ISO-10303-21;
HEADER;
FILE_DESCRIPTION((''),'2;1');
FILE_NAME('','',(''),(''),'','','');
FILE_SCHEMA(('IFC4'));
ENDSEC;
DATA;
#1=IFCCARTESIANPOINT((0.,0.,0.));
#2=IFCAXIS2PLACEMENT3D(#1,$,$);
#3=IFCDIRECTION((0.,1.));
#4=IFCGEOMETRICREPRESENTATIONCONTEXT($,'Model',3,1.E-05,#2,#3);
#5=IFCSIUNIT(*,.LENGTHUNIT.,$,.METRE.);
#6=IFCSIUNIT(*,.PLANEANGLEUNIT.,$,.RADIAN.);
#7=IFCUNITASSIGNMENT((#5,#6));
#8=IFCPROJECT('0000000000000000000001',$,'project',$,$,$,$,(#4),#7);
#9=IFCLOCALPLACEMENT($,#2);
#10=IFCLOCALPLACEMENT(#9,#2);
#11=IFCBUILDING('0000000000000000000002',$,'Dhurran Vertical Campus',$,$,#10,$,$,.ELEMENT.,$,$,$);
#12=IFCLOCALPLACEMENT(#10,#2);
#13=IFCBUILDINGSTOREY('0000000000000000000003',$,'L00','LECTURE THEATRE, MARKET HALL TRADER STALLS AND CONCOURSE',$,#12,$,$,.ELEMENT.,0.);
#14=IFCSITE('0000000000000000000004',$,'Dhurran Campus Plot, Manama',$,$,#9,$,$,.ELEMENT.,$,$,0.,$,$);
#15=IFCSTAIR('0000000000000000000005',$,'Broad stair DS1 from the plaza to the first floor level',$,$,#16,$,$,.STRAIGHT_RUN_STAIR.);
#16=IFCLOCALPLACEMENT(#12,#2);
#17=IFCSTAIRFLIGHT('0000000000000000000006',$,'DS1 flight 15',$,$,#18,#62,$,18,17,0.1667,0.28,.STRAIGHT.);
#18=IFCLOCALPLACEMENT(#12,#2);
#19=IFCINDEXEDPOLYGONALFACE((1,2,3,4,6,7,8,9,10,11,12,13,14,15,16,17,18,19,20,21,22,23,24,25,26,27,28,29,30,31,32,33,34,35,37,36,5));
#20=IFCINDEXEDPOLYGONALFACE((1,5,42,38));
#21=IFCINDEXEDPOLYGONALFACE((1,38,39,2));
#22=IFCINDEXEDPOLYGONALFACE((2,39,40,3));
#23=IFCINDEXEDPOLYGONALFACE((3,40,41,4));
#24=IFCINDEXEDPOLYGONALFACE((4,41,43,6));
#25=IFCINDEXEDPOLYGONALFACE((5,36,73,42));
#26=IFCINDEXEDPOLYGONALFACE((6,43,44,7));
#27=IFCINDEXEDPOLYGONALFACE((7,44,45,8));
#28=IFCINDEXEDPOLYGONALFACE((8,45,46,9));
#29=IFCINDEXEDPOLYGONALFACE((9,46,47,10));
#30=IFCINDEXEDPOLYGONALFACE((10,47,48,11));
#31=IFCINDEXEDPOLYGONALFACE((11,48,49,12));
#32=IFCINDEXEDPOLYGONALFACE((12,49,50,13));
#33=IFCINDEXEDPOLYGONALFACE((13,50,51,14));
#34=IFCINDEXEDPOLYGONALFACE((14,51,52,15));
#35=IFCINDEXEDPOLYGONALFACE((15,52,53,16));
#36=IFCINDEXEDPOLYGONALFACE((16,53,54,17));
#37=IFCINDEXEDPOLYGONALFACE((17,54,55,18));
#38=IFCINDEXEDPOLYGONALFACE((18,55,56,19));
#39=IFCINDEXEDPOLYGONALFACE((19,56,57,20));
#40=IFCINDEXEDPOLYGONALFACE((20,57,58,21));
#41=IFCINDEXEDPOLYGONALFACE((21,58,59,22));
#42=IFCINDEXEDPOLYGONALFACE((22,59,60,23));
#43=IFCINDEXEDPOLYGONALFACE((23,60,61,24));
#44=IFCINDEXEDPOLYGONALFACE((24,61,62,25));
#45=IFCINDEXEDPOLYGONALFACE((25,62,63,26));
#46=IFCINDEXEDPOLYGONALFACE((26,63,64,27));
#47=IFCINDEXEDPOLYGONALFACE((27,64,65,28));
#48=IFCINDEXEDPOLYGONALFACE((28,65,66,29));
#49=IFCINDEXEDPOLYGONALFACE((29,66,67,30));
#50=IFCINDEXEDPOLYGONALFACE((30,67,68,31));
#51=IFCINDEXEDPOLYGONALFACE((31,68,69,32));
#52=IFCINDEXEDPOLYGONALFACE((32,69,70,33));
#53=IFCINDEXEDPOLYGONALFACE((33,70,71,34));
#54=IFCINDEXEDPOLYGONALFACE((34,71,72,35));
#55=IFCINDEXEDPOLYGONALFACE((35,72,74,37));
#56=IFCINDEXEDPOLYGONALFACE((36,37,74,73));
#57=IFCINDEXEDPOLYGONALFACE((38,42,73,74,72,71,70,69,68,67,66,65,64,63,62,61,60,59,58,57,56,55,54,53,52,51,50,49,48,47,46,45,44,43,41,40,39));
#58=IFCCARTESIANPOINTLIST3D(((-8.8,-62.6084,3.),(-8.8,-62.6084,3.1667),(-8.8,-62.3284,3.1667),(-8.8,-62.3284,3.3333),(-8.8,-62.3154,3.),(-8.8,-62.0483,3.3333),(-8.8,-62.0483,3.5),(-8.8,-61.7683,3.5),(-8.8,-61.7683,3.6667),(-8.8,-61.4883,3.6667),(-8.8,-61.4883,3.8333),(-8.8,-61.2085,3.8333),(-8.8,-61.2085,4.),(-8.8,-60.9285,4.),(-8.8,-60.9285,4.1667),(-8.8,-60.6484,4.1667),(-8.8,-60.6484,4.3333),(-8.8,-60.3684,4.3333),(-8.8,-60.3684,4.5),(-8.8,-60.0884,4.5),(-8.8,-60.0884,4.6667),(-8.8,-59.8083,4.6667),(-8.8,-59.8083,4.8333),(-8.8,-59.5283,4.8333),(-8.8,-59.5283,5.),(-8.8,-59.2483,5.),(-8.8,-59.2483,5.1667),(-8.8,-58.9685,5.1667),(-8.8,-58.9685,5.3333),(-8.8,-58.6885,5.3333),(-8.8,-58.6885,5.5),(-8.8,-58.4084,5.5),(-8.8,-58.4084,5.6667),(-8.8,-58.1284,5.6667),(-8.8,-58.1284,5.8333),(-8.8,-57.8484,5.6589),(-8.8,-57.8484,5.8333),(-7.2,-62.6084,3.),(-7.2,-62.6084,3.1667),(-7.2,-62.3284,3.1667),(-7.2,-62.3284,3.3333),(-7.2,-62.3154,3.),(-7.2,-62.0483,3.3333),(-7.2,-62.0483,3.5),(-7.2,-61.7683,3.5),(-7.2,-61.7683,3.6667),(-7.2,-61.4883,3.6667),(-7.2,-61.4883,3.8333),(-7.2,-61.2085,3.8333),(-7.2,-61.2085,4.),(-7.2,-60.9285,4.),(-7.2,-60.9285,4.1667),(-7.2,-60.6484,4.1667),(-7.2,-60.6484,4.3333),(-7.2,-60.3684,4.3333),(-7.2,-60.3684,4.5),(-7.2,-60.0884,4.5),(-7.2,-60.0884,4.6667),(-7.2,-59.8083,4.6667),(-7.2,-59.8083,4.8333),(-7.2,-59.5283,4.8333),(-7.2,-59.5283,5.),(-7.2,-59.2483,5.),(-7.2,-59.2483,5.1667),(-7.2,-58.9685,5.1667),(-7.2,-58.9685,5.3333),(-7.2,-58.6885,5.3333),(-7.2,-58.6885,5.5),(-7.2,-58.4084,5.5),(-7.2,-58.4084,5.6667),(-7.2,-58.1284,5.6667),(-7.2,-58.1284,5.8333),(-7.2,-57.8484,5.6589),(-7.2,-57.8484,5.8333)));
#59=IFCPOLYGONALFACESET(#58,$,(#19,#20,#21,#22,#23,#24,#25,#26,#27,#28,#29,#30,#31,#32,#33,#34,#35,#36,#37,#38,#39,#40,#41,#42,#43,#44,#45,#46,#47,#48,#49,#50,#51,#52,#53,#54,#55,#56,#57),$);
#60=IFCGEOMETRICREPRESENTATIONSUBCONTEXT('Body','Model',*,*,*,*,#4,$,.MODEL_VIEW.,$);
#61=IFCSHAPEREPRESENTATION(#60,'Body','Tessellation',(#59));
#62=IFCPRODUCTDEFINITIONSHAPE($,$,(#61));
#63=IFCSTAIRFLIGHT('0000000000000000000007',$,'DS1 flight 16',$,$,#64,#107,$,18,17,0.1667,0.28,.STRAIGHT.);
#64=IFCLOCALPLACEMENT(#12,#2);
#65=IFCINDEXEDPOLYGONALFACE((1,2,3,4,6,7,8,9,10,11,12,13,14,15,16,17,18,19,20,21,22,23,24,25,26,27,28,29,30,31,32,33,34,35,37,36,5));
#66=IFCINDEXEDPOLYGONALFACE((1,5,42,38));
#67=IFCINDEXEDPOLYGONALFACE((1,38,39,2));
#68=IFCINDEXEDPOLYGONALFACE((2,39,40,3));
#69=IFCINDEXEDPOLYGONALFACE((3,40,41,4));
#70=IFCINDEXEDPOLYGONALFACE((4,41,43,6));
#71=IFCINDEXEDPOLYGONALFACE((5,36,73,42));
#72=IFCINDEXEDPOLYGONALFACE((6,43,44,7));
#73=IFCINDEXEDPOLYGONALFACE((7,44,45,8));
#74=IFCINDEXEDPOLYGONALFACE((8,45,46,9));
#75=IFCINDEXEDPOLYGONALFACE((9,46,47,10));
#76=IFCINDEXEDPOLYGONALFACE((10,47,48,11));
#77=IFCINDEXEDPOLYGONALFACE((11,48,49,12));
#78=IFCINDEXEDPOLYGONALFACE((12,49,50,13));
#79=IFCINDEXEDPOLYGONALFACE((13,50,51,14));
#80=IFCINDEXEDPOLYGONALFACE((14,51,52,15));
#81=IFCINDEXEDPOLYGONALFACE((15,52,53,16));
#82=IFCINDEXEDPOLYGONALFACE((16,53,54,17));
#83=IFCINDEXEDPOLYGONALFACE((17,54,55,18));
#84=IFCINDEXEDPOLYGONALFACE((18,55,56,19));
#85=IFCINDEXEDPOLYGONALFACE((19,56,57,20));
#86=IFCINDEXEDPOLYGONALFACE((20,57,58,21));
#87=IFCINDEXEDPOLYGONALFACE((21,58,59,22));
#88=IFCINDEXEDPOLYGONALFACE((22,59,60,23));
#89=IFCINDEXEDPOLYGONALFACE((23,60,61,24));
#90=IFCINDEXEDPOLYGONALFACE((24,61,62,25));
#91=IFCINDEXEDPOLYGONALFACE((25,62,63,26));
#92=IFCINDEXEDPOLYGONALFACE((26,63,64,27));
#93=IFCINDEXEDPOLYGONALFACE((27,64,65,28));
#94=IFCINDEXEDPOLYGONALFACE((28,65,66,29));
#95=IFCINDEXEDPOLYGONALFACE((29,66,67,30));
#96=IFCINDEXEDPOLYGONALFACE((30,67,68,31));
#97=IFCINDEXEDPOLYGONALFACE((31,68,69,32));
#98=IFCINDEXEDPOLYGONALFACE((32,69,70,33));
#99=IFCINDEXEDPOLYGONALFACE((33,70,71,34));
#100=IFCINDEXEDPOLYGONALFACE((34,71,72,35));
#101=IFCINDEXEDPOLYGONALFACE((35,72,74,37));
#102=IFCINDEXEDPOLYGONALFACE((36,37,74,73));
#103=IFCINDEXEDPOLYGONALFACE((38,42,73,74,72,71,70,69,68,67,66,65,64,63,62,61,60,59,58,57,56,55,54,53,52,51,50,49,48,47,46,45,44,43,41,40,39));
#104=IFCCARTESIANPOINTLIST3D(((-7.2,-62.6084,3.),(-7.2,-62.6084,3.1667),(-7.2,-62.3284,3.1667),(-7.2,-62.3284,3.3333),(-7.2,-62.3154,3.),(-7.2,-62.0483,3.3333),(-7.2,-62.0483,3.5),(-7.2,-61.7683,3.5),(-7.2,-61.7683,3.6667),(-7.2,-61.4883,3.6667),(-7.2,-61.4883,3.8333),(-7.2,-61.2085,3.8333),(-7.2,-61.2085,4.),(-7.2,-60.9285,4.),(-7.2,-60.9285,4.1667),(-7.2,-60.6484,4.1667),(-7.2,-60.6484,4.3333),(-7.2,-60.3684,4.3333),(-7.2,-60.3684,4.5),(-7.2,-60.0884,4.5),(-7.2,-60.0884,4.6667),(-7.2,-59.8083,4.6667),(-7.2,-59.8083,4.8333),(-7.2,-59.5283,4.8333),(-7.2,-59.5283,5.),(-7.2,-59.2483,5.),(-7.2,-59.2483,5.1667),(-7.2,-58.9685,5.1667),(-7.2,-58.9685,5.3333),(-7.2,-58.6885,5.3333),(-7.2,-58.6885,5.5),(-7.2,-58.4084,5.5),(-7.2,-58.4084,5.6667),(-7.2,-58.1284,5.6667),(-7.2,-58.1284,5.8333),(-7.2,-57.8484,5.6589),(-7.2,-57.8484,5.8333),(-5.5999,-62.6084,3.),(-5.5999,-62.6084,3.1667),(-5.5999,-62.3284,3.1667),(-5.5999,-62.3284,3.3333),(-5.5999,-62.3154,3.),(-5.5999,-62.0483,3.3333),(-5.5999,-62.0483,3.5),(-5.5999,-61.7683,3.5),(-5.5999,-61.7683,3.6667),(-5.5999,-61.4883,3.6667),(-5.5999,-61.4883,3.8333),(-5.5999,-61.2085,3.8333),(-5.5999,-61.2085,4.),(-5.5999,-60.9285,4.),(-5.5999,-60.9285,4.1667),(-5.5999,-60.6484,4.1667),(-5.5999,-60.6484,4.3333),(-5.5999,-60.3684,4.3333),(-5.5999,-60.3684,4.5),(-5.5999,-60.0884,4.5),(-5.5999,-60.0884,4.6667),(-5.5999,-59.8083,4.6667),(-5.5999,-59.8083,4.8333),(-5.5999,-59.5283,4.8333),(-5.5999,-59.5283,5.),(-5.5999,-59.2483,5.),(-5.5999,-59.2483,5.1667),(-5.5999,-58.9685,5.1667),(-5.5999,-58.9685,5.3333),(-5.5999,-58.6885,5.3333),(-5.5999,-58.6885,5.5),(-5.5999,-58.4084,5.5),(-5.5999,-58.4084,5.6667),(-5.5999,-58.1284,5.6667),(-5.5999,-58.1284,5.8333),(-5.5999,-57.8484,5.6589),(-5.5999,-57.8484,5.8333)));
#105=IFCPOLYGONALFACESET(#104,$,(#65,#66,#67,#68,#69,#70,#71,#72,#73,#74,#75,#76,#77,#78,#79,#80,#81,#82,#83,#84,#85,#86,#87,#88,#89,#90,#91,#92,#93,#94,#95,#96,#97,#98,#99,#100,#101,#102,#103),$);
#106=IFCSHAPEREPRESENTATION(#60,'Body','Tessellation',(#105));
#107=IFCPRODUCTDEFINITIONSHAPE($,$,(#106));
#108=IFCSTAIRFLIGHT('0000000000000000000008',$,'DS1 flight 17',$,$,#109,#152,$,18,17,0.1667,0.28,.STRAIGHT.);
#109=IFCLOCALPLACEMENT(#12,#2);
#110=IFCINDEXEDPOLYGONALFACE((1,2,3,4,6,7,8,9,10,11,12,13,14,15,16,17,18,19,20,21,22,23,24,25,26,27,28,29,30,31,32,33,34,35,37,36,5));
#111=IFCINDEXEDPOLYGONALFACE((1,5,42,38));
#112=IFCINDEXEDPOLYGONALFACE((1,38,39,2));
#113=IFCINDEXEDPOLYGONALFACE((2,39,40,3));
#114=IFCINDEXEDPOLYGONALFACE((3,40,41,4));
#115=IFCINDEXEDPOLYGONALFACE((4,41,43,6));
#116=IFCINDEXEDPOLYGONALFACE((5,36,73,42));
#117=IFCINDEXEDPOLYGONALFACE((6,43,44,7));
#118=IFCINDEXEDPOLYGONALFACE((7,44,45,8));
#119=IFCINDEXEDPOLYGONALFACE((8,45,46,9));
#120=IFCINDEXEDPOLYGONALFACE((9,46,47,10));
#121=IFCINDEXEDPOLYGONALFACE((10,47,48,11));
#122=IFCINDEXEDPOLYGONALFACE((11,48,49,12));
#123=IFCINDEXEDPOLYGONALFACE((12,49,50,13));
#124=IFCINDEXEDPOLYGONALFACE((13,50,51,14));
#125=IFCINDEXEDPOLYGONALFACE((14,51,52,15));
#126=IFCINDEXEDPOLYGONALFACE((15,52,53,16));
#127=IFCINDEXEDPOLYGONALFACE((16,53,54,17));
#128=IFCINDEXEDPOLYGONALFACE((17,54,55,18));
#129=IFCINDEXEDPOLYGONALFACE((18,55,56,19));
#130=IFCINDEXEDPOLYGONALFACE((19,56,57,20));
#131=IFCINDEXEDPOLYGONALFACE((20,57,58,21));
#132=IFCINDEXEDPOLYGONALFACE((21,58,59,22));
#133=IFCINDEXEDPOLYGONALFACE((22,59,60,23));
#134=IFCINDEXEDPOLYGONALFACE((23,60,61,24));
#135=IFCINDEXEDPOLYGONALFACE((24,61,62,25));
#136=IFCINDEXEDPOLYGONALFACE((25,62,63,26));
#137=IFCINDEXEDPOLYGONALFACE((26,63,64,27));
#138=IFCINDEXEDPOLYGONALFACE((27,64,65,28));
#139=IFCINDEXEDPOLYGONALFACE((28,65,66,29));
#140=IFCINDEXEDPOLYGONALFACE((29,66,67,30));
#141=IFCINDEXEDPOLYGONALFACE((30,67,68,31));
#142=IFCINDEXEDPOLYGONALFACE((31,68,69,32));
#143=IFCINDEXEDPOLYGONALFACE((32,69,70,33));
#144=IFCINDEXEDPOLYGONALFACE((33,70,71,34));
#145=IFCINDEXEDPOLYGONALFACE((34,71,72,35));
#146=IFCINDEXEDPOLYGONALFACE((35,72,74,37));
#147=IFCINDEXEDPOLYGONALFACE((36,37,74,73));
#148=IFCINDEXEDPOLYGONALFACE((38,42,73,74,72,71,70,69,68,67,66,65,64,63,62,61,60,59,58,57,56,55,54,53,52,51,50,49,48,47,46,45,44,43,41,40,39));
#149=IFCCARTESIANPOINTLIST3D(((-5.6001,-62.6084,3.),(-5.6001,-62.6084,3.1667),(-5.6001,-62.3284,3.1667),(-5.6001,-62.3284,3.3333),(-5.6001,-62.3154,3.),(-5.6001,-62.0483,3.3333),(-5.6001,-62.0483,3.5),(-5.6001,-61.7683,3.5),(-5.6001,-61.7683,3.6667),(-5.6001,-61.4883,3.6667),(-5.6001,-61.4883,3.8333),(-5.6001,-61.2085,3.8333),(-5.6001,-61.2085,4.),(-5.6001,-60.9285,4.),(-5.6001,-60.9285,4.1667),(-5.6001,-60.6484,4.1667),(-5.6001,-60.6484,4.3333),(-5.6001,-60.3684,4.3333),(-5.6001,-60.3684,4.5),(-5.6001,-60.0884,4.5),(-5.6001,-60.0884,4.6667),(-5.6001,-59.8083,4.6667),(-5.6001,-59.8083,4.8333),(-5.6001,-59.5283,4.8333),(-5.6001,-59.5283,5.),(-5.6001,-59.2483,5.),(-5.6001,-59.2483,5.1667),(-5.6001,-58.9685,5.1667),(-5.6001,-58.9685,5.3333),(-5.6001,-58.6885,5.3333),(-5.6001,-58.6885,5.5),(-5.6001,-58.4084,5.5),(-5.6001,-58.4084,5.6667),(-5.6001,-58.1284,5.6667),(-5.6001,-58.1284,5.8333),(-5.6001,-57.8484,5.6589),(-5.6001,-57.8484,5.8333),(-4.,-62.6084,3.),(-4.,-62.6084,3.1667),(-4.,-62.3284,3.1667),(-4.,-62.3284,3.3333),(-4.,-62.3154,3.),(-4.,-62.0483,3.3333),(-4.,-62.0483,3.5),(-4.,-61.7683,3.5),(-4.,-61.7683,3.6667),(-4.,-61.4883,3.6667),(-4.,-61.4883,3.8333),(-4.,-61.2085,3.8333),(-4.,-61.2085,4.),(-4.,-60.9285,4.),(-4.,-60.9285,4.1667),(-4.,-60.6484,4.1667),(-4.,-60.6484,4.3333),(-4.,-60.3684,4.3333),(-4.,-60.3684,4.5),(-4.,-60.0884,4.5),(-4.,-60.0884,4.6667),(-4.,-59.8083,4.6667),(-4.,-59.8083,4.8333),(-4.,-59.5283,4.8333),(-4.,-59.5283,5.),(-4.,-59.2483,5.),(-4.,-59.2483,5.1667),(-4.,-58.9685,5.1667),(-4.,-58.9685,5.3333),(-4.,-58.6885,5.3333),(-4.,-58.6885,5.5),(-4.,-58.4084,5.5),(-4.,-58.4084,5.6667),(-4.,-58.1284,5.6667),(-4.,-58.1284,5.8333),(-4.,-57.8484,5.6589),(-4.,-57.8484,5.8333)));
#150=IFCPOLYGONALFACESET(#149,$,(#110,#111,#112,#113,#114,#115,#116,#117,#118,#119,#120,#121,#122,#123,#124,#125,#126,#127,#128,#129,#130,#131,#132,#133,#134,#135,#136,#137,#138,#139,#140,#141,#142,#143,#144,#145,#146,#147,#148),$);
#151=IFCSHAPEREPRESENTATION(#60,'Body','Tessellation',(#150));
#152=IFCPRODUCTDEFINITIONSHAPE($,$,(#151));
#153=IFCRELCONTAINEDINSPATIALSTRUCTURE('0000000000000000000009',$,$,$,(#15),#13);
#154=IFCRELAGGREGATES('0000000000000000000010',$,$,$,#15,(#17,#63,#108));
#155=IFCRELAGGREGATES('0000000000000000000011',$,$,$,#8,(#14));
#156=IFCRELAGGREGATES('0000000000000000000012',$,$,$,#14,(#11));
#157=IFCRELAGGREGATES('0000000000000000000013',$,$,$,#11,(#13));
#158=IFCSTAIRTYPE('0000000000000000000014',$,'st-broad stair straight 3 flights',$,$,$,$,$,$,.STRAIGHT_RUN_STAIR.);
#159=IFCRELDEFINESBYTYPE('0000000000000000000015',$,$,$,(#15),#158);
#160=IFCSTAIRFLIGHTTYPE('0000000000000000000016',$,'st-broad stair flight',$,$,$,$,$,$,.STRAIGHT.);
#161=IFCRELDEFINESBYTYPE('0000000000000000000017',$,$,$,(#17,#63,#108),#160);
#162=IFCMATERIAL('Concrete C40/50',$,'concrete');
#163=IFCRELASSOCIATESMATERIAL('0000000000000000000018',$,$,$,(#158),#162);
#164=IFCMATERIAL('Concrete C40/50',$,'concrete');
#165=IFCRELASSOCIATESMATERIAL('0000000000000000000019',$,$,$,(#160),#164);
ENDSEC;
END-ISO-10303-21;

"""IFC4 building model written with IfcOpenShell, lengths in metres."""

from ifc_helpers import new_model, si_unit, direction, frame, origin, place, context, subcontext, project, spatial, polyline, outline, extrude, material, type_object, element, aggregate, save


model = new_model("IFC4")

# Units and contexts
model_context = context("Model", 3, precision=1e-05, world=origin(), true_north=direction((0.0, 1.0)))
body_context = subcontext(model_context, "Body", "Model", "MODEL_VIEW")
ifc_project = project(units=[si_unit("LENGTHUNIT", "METRE"), si_unit("PLANEANGLEUNIT", "RADIAN")], contexts=[model_context])

# Site, building, storey
site_placement = place(None, origin())
site = spatial("IfcSite", under=ifc_project, at=site_placement, Name="Dhurran Campus Plot, Manama", CompositionType="ELEMENT", RefElevation=0.0)
building_placement = place(site_placement, origin())
building = spatial("IfcBuilding", under=site, at=building_placement, Name="Dhurran Vertical Campus", CompositionType="ELEMENT")
storey_placement = place(building_placement, origin())
storey = spatial("IfcBuildingStorey", under=building, at=storey_placement, Name="L00", Description="LECTURE THEATRE, MARKET HALL TRADER STALLS AND CONCOURSE", CompositionType="ELEMENT", Elevation=0.0)

# Stair, stair flights
ifc_material_1 = material(Name="Concrete C40/50", Category="concrete")
stair_type = type_object("IfcStairType", Name="st-broad stair straight 3 flights", PredefinedType="STRAIGHT_RUN_STAIR", material=ifc_material_1)
stair_placement = place(storey_placement, origin())
stair = element("IfcStair", 1, at=stair_placement, inside=storey, type_object=stair_type, Name="Broad stair DS1 from the plaza to the first floor level", PredefinedType="STRAIGHT_RUN_STAIR")
ifc_material_2 = material(Name="Concrete C40/50", Category="concrete")
stair_flight_type = type_object("IfcStairFlightType", Name="st-broad stair flight", PredefinedType="STRAIGHT", material=ifc_material_2)
stair_flight_1_placement = place(storey_placement, frame((-8.0, -62.6084, 3.0), z_axis=(0.0, 0.0, 1.0), x_axis=(0.0, 1.0, 0.0)))
stair_flight_1 = element("IfcStairFlight", 2, at=stair_flight_1_placement, type_object=stair_flight_type, Name="DS1 flight 15", NumberOfRisers=18, NumberOfTreads=17, PredefinedType="STRAIGHT", RiserHeight=0.1667, TreadLength=0.28, context=body_context, shape_type="SweptSolid", body=[
    extrude(outline(polyline([(0.0, 0.0), (0.0, 0.1667), (0.28, 0.1667), (0.28, 0.3333), (0.5601, 0.3333), (0.5601, 0.5), (0.8401, 0.5), (0.8401, 0.6667), (1.1201, 0.6667), (1.1201, 0.8333), (1.3999, 0.8333), (1.3999, 1.0), (1.6799, 1.0), (1.6799, 1.1667), (1.96, 1.1667), (1.96, 1.3333), (2.24, 1.3333), (2.24, 1.5), (2.52, 1.5), (2.52, 1.6667), (2.8, 1.6667), (2.8, 1.8333), (3.0801, 1.8333), (3.0801, 2.0), (3.3601, 2.0), (3.3601, 2.1667), (3.6399, 2.1667), (3.6399, 2.3333), (3.9199, 2.3333), (3.9199, 2.5), (4.2, 2.5), (4.2, 2.6667), (4.48, 2.6667), (4.48, 2.8333), (4.76, 2.8333), (4.76, 3.0), (4.76, 2.6589), (0.293, 0.0), (0.0, 0.0)])), frame((0.0, 0.8, 0.0), z_axis=(0.0, -1.0, 0.0), x_axis=(1.0, 0.0, 0.0)), (0.0, 0.0, 1.0), 1.6001),
])
stair_flight_2_placement = place(storey_placement, frame((-6.3999, -62.6084, 3.0), z_axis=(0.0, 0.0, 1.0), x_axis=(0.0, 1.0, 0.0)))
stair_flight_2 = element("IfcStairFlight", 3, at=stair_flight_2_placement, type_object=stair_flight_type, Name="DS1 flight 16", NumberOfRisers=18, NumberOfTreads=17, PredefinedType="STRAIGHT", RiserHeight=0.1667, TreadLength=0.28, context=body_context, shape_type="SweptSolid", body=[
    extrude(outline(polyline([(0.0, 0.0), (0.0, 0.1667), (0.28, 0.1667), (0.28, 0.3333), (0.5601, 0.3333), (0.5601, 0.5), (0.8401, 0.5), (0.8401, 0.6667), (1.1201, 0.6667), (1.1201, 0.8333), (1.3999, 0.8333), (1.3999, 1.0), (1.6799, 1.0), (1.6799, 1.1667), (1.96, 1.1667), (1.96, 1.3333), (2.24, 1.3333), (2.24, 1.5), (2.52, 1.5), (2.52, 1.6667), (2.8, 1.6667), (2.8, 1.8333), (3.0801, 1.8333), (3.0801, 2.0), (3.3601, 2.0), (3.3601, 2.1667), (3.6399, 2.1667), (3.6399, 2.3333), (3.9199, 2.3333), (3.9199, 2.5), (4.2, 2.5), (4.2, 2.6667), (4.48, 2.6667), (4.48, 2.8333), (4.76, 2.8333), (4.76, 3.0), (4.76, 2.6589), (0.293, 0.0), (0.0, 0.0)])), frame((0.0, 0.8, 0.0), z_axis=(0.0, -1.0, 0.0), x_axis=(1.0, 0.0, 0.0)), (0.0, 0.0, 1.0), 1.6001),
])
stair_flight_3_placement = place(storey_placement, frame((-4.8, -62.6084, 3.0), z_axis=(0.0, 0.0, 1.0), x_axis=(0.0, 1.0, 0.0)))
stair_flight_3 = element("IfcStairFlight", 4, at=stair_flight_3_placement, type_object=stair_flight_type, Name="DS1 flight 17", NumberOfRisers=18, NumberOfTreads=17, PredefinedType="STRAIGHT", RiserHeight=0.1667, TreadLength=0.28, context=body_context, shape_type="SweptSolid", body=[
    extrude(outline(polyline([(0.0, 0.0), (0.0, 0.1667), (0.28, 0.1667), (0.28, 0.3333), (0.5601, 0.3333), (0.5601, 0.5), (0.8401, 0.5), (0.8401, 0.6667), (1.1201, 0.6667), (1.1201, 0.8333), (1.3999, 0.8333), (1.3999, 1.0), (1.6799, 1.0), (1.6799, 1.1667), (1.96, 1.1667), (1.96, 1.3333), (2.24, 1.3333), (2.24, 1.5), (2.52, 1.5), (2.52, 1.6667), (2.8, 1.6667), (2.8, 1.8333), (3.0801, 1.8333), (3.0801, 2.0), (3.3601, 2.0), (3.3601, 2.1667), (3.6399, 2.1667), (3.6399, 2.3333), (3.9199, 2.3333), (3.9199, 2.5), (4.2, 2.5), (4.2, 2.6667), (4.48, 2.6667), (4.48, 2.8333), (4.76, 2.8333), (4.76, 3.0), (4.76, 2.6589), (0.293, 0.0), (0.0, 0.0)])), frame((0.0, 0.8, 0.0), z_axis=(0.0, -1.0, 0.0), x_axis=(1.0, 0.0, 0.0)), (0.0, 0.0, 1.0), 1.6001),
])
aggregate(stair, [stair_flight_1, stair_flight_2, stair_flight_3])

save(model, "model.ifc")
